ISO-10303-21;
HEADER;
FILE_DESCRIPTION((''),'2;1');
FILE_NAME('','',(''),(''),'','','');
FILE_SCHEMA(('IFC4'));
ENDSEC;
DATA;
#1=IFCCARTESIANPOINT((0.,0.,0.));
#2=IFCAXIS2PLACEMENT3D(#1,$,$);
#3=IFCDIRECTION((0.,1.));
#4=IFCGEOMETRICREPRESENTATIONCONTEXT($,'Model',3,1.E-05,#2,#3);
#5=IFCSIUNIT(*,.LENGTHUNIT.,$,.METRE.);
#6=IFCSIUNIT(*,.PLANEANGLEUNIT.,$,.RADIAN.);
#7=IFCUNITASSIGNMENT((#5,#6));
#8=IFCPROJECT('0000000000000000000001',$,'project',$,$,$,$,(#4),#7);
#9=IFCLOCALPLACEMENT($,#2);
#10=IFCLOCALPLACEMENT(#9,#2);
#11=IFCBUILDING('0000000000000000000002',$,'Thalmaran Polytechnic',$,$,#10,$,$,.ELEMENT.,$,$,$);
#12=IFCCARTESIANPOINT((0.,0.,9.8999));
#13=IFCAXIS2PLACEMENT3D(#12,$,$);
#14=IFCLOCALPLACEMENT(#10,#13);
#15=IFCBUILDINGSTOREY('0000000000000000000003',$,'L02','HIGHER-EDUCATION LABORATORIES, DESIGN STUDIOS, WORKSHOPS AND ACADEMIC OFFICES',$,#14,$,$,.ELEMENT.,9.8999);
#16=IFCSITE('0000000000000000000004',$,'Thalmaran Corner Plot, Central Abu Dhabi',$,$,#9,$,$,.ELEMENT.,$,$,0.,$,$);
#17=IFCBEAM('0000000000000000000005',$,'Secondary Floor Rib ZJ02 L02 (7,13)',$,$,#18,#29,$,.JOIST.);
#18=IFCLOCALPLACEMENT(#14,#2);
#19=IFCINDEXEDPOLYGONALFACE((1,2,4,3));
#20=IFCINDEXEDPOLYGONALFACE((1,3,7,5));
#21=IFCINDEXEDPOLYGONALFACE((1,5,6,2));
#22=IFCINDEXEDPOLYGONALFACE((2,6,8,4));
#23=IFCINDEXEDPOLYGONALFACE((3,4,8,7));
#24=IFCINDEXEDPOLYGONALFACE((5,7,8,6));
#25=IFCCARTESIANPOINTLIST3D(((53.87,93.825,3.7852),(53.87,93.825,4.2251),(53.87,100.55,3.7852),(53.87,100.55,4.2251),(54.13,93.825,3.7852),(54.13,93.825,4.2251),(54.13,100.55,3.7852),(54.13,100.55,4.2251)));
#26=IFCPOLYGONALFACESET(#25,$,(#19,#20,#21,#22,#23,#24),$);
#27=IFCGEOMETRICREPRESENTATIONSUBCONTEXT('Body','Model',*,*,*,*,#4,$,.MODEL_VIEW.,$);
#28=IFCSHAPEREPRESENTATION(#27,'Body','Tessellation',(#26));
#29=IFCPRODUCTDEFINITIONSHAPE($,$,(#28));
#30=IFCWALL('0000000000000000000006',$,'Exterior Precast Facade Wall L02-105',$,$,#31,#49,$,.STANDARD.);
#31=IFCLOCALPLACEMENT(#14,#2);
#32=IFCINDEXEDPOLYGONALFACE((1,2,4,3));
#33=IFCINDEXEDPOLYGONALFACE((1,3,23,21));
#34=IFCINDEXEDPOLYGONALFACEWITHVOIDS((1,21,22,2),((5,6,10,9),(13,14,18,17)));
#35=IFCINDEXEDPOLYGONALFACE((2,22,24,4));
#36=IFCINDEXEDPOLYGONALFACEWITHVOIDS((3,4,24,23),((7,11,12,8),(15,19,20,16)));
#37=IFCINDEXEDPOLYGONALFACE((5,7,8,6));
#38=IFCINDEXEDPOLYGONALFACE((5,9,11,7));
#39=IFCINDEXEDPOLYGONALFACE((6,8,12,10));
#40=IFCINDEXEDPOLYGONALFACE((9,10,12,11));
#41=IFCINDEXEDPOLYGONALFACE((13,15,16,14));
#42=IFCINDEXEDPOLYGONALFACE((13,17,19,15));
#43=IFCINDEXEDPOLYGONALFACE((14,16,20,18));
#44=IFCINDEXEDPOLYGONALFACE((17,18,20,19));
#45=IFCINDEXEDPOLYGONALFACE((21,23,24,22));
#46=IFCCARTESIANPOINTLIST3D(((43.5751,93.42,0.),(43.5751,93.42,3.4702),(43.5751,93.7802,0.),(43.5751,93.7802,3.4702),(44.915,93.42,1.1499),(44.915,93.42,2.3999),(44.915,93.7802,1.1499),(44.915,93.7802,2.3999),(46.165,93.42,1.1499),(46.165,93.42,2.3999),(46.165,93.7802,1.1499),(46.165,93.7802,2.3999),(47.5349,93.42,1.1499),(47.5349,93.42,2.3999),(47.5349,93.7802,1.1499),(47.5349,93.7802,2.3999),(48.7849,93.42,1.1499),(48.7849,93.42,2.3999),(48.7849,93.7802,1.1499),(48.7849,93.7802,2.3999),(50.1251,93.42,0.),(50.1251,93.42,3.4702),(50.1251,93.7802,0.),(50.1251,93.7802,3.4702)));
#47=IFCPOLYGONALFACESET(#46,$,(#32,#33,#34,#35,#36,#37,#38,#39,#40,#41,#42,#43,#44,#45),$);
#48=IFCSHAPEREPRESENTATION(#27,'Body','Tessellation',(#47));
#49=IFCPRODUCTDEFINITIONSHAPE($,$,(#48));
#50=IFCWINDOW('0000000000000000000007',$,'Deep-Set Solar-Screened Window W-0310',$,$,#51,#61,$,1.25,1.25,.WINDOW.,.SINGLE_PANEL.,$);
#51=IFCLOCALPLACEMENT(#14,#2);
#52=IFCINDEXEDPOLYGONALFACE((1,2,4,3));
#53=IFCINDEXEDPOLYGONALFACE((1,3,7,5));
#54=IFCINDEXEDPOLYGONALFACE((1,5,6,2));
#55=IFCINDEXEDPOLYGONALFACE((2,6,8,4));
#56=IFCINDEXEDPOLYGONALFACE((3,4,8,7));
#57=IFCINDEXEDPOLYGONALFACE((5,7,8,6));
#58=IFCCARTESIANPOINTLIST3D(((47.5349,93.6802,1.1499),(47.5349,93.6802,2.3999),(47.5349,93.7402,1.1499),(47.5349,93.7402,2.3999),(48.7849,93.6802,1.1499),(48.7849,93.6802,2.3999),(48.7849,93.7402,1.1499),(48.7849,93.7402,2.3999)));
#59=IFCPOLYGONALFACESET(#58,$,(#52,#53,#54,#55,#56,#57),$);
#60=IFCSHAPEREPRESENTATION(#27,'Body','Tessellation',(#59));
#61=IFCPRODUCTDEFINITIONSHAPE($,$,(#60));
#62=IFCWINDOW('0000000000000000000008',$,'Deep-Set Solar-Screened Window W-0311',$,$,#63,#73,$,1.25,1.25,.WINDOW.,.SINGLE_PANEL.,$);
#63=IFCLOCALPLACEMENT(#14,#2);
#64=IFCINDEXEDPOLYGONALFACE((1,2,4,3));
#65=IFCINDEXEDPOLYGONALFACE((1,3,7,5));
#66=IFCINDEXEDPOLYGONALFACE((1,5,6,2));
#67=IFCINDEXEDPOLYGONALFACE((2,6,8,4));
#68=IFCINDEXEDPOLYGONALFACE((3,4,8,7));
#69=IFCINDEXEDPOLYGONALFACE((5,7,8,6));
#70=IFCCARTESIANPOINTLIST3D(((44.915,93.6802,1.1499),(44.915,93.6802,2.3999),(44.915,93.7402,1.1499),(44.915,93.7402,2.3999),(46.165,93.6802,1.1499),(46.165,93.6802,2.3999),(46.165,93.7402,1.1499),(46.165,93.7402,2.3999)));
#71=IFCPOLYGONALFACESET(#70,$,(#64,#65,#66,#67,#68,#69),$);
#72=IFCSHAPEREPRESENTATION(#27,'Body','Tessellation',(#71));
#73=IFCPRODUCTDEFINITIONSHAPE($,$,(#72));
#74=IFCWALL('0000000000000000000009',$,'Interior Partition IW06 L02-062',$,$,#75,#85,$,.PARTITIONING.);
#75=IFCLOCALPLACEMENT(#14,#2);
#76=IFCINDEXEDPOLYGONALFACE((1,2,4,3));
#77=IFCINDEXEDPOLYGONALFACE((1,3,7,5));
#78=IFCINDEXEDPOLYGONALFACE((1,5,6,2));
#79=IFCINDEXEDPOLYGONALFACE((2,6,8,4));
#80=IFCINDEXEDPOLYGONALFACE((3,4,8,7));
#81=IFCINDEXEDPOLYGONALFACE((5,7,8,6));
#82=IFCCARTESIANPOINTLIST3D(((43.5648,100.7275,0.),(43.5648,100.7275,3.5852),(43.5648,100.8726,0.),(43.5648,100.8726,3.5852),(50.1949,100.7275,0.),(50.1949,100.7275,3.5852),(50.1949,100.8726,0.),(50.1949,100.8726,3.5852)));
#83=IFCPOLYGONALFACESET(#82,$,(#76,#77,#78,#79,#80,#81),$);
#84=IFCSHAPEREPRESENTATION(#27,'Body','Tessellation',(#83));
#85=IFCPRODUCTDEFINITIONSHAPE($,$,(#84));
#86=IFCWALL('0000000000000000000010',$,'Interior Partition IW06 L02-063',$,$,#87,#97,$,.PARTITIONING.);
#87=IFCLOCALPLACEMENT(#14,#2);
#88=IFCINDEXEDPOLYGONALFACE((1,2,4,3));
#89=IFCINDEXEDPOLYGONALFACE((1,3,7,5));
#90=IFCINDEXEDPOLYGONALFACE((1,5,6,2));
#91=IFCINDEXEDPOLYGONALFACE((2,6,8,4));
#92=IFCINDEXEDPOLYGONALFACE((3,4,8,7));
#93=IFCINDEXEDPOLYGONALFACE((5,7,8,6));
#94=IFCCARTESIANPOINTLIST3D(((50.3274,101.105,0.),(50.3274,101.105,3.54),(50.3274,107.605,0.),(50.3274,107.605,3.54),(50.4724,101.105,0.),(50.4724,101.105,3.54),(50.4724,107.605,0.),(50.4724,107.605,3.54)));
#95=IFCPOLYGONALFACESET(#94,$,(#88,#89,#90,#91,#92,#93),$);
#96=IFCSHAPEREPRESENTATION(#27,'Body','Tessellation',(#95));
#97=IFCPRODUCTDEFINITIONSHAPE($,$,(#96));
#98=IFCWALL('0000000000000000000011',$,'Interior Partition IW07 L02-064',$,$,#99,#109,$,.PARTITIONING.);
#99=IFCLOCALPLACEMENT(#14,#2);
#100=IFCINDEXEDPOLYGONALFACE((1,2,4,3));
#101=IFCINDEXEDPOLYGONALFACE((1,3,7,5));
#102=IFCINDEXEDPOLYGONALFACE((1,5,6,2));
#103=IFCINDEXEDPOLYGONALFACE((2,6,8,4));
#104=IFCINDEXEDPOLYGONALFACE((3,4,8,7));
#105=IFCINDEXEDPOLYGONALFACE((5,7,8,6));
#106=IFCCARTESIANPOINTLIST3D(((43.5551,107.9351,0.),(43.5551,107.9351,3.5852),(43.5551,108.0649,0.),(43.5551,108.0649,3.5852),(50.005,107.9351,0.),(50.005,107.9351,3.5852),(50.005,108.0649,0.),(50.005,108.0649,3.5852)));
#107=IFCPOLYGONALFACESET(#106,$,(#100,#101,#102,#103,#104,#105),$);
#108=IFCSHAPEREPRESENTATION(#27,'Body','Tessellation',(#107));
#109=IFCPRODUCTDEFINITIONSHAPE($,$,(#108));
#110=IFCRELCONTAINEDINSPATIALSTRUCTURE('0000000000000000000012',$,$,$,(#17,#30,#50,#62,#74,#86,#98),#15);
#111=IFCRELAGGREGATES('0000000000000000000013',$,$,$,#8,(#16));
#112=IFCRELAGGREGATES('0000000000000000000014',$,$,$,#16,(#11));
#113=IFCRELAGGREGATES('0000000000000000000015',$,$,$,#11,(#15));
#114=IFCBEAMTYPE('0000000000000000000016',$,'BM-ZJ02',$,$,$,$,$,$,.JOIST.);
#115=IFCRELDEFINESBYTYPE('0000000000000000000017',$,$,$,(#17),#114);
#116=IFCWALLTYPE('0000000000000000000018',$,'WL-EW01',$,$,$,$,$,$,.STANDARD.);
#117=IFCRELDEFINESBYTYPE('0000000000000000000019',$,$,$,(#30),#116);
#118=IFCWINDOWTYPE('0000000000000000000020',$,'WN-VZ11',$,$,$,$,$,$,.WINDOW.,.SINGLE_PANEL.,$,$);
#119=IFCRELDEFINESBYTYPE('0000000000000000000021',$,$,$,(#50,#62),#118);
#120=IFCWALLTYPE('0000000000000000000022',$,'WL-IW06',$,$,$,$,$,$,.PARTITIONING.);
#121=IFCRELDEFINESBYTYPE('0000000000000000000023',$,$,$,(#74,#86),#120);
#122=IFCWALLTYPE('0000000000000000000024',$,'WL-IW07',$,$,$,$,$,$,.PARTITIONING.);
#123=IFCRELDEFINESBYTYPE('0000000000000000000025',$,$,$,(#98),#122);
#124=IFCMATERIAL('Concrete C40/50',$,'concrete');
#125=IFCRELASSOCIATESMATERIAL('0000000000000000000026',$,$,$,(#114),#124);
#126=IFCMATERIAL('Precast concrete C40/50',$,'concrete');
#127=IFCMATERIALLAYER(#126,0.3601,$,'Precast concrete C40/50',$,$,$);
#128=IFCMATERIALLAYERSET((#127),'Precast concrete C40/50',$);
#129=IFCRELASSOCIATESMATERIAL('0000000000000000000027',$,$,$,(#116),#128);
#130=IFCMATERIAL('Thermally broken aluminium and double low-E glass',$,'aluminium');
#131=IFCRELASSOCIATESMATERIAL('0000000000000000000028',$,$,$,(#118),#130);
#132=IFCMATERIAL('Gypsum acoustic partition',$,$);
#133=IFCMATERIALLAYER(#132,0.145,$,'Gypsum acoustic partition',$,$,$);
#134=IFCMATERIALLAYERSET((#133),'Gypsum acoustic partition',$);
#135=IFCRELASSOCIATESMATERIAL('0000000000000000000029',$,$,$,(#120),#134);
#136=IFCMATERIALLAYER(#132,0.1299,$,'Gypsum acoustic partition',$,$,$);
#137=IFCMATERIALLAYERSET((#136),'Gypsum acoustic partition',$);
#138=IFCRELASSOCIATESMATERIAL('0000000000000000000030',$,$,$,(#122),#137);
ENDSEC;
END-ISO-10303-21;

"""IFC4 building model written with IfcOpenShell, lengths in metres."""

from ifc_helpers import new_model, si_unit, direction, frame, frame_2d, origin, origin_2d, place, context, subcontext, project, spatial, rectangle, extrude, material, layer, layer_set, material_profile, profile_set, type_object, element, fill, save


model = new_model("IFC4")

# Units and contexts
model_context = context("Model", 3, precision=1e-05, world=origin(), true_north=direction((0.0, 1.0)))
body_context = subcontext(model_context, "Body", "Model", "MODEL_VIEW")
ifc_project = project(units=[si_unit("LENGTHUNIT", "METRE"), si_unit("PLANEANGLEUNIT", "RADIAN")], contexts=[model_context])

# Site, building, storey
site_placement = place(None, origin())
site = spatial("IfcSite", under=ifc_project, at=site_placement, Name="Thalmaran Corner Plot, Central Abu Dhabi", CompositionType="ELEMENT", RefElevation=0.0)
building_placement = place(site_placement, origin())
building = spatial("IfcBuilding", under=site, at=building_placement, Name="Thalmaran Polytechnic", CompositionType="ELEMENT")
storey_placement = place(building_placement, frame((0.0, 0.0, 9.8999)))
storey = spatial("IfcBuildingStorey", under=building, at=storey_placement, Name="L02", Description="HIGHER-EDUCATION LABORATORIES, DESIGN STUDIOS, WORKSHOPS AND ACADEMIC OFFICES", CompositionType="ELEMENT", Elevation=9.8999)

# Shared definitions
ifc_material_1 = material(Name="Concrete C40/50", Category="concrete")

# Beam
ifc_material_profile_1 = material_profile(ifc_material_1, rectangle(XDim=0.26, YDim=0.4399, at=origin_2d()), Name="RC 260x440")
ifc_profile_set_1 = profile_set([ifc_material_profile_1], Name="Concrete C40/50")
beam_type_1 = type_object("IfcBeamType", Name="BM-ZJ02", PredefinedType="JOIST", material=ifc_profile_set_1)
beam_1_placement = place(storey_placement, frame((54.0, 93.825, 4.0051), z_axis=(0.0, 1.0, 0.0), x_axis=(-1.0, 0.0, 0.0)))
element("IfcBeam", 1, at=beam_1_placement, inside=storey, type_object=beam_type_1, Name="Secondary Floor Rib ZJ02 L02 (7,13)", PredefinedType="JOIST", context=body_context, shape_type="SweptSolid", body=[
    extrude(rectangle(XDim=0.26, YDim=0.4399, at=origin_2d()), origin(), (0.0, 0.0, 1.0), 6.7251),
])

# Wall, openings, windows
ifc_material_2 = material(Name="Precast concrete C40/50", Category="concrete")
ifc_layer_1 = layer(ifc_material_2, 0.3601, Name="Precast concrete C40/50")
ifc_layer_set_1 = layer_set([ifc_layer_1], Name="Precast concrete C40/50")
wall_type_1 = type_object("IfcWallType", Name="WL-EW01", PredefinedType="STANDARD", material=ifc_layer_set_1)
wall_1_placement = place(storey_placement, frame((50.125, 93.6001, 0.0), z_axis=(0.0, 0.0, 1.0), x_axis=(-1.0, 0.0, 0.0)))
wall_1 = element("IfcWall", 2, at=wall_1_placement, inside=storey, type_object=wall_type_1, Name="Exterior Precast Facade Wall L02-105", PredefinedType="STANDARD", context=body_context, shape_type="SweptSolid", body=[
    extrude(rectangle(XDim=6.55, YDim=0.3601, at=frame_2d((3.2749, 0.0))), origin(), (0.0, 0.0, 1.0), 3.4702),
])
opening_1_placement = place(wall_1_placement, frame((1.3401, 0.0, 1.1499)))
opening_1 = element("IfcOpeningElement", 3, at=opening_1_placement, cuts=wall_1, PredefinedType="OPENING", context=body_context, shape_type="SweptSolid", body=[
    extrude(rectangle(XDim=1.25, YDim=1.25, at=frame_2d((0.625, 0.625))), frame((0.0, 0.1899, 0.0), z_axis=(0.0, -1.0, 0.0), x_axis=(1.0, 0.0, 0.0)), (0.0, 0.0, 1.0), 0.3801),
])
opening_2_placement = place(wall_1_placement, frame((3.96, 0.0, 1.1499)))
opening_2 = element("IfcOpeningElement", 4, at=opening_2_placement, cuts=wall_1, PredefinedType="OPENING", context=body_context, shape_type="SweptSolid", body=[
    extrude(rectangle(XDim=1.25, YDim=1.25, at=frame_2d((0.625, 0.625))), frame((0.0, 0.1899, 0.0), z_axis=(0.0, -1.0, 0.0), x_axis=(1.0, 0.0, 0.0)), (0.0, 0.0, 1.0), 0.3801),
])
ifc_material_3 = material(Name="Thermally broken aluminium and double low-E glass", Category="aluminium")
window_type = type_object("IfcWindowType", Name="WN-VZ11", PartitioningType="SINGLE_PANEL", PredefinedType="WINDOW", material=ifc_material_3)
window_1_placement = place(opening_1_placement, origin())
window_1 = element("IfcWindow", 5, at=window_1_placement, inside=storey, type_object=window_type, Name="Deep-Set Solar-Screened Window W-0310", OverallHeight=1.25, OverallWidth=1.25, PartitioningType="SINGLE_PANEL", PredefinedType="WINDOW", context=body_context, shape_type="SweptSolid", body=[
    extrude(rectangle(XDim=1.25, YDim=1.25, at=frame_2d((0.625, 0.625))), frame((0.0, -0.0801, 0.0), z_axis=(0.0, -1.0, 0.0), x_axis=(1.0, 0.0, 0.0)), (0.0, 0.0, 1.0), 0.0601),
])
fill(opening_1, window_1)
window_2_placement = place(opening_2_placement, origin())
window_2 = element("IfcWindow", 6, at=window_2_placement, inside=storey, type_object=window_type, Name="Deep-Set Solar-Screened Window W-0311", OverallHeight=1.25, OverallWidth=1.25, PartitioningType="SINGLE_PANEL", PredefinedType="WINDOW", context=body_context, shape_type="SweptSolid", body=[
    extrude(rectangle(XDim=1.25, YDim=1.25, at=frame_2d((0.625, 0.625))), frame((0.0, -0.0801, 0.0), z_axis=(0.0, -1.0, 0.0), x_axis=(1.0, 0.0, 0.0)), (0.0, 0.0, 1.0), 0.0601),
])
fill(opening_2, window_2)

# Walls
ifc_material_4 = material(Name="Gypsum acoustic partition")
ifc_layer_2 = layer(ifc_material_4, 0.145, Name="Gypsum acoustic partition")
ifc_layer_set_2 = layer_set([ifc_layer_2], Name="Gypsum acoustic partition")
wall_type_2 = type_object("IfcWallType", Name="WL-IW06", PredefinedType="PARTITIONING", material=ifc_layer_set_2)
wall_2_placement = place(storey_placement, frame((43.5649, 100.8, 0.0), z_axis=(0.0, 0.0, 1.0), x_axis=(1.0, 0.0, 0.0)))
element("IfcWall", 7, at=wall_2_placement, inside=storey, type_object=wall_type_2, Name="Interior Partition IW06 L02-062", PredefinedType="PARTITIONING", context=body_context, shape_type="SweptSolid", body=[
    extrude(rectangle(XDim=6.6301, YDim=0.145, at=frame_2d((3.3149, 0.0))), origin(), (0.0, 0.0, 1.0), 3.5852),
])
wall_3_placement = place(storey_placement, frame((50.3999, 101.105, 0.0), z_axis=(0.0, 0.0, 1.0), x_axis=(0.0, 1.0, 0.0)))
element("IfcWall", 8, at=wall_3_placement, inside=storey, type_object=wall_type_2, Name="Interior Partition IW06 L02-063", PredefinedType="PARTITIONING", context=body_context, shape_type="SweptSolid", body=[
    extrude(rectangle(XDim=6.5, YDim=0.145, at=frame_2d((3.25, 0.0))), origin(), (0.0, 0.0, 1.0), 3.54),
])
ifc_layer_3 = layer(ifc_material_4, 0.1299, Name="Gypsum acoustic partition")
ifc_layer_set_3 = layer_set([ifc_layer_3], Name="Gypsum acoustic partition")
wall_type_3 = type_object("IfcWallType", Name="WL-IW07", PredefinedType="PARTITIONING", material=ifc_layer_set_3)
wall_4_placement = place(storey_placement, frame((43.5549, 108.0, 0.0), z_axis=(0.0, 0.0, 1.0), x_axis=(1.0, 0.0, 0.0)))
element("IfcWall", 9, at=wall_4_placement, inside=storey, type_object=wall_type_3, Name="Interior Partition IW07 L02-064", PredefinedType="PARTITIONING", context=body_context, shape_type="SweptSolid", body=[
    extrude(rectangle(XDim=6.45, YDim=0.1299, at=frame_2d((3.2251, 0.0))), origin(), (0.0, 0.0, 1.0), 3.5852),
])

save(model, "model.ifc")
